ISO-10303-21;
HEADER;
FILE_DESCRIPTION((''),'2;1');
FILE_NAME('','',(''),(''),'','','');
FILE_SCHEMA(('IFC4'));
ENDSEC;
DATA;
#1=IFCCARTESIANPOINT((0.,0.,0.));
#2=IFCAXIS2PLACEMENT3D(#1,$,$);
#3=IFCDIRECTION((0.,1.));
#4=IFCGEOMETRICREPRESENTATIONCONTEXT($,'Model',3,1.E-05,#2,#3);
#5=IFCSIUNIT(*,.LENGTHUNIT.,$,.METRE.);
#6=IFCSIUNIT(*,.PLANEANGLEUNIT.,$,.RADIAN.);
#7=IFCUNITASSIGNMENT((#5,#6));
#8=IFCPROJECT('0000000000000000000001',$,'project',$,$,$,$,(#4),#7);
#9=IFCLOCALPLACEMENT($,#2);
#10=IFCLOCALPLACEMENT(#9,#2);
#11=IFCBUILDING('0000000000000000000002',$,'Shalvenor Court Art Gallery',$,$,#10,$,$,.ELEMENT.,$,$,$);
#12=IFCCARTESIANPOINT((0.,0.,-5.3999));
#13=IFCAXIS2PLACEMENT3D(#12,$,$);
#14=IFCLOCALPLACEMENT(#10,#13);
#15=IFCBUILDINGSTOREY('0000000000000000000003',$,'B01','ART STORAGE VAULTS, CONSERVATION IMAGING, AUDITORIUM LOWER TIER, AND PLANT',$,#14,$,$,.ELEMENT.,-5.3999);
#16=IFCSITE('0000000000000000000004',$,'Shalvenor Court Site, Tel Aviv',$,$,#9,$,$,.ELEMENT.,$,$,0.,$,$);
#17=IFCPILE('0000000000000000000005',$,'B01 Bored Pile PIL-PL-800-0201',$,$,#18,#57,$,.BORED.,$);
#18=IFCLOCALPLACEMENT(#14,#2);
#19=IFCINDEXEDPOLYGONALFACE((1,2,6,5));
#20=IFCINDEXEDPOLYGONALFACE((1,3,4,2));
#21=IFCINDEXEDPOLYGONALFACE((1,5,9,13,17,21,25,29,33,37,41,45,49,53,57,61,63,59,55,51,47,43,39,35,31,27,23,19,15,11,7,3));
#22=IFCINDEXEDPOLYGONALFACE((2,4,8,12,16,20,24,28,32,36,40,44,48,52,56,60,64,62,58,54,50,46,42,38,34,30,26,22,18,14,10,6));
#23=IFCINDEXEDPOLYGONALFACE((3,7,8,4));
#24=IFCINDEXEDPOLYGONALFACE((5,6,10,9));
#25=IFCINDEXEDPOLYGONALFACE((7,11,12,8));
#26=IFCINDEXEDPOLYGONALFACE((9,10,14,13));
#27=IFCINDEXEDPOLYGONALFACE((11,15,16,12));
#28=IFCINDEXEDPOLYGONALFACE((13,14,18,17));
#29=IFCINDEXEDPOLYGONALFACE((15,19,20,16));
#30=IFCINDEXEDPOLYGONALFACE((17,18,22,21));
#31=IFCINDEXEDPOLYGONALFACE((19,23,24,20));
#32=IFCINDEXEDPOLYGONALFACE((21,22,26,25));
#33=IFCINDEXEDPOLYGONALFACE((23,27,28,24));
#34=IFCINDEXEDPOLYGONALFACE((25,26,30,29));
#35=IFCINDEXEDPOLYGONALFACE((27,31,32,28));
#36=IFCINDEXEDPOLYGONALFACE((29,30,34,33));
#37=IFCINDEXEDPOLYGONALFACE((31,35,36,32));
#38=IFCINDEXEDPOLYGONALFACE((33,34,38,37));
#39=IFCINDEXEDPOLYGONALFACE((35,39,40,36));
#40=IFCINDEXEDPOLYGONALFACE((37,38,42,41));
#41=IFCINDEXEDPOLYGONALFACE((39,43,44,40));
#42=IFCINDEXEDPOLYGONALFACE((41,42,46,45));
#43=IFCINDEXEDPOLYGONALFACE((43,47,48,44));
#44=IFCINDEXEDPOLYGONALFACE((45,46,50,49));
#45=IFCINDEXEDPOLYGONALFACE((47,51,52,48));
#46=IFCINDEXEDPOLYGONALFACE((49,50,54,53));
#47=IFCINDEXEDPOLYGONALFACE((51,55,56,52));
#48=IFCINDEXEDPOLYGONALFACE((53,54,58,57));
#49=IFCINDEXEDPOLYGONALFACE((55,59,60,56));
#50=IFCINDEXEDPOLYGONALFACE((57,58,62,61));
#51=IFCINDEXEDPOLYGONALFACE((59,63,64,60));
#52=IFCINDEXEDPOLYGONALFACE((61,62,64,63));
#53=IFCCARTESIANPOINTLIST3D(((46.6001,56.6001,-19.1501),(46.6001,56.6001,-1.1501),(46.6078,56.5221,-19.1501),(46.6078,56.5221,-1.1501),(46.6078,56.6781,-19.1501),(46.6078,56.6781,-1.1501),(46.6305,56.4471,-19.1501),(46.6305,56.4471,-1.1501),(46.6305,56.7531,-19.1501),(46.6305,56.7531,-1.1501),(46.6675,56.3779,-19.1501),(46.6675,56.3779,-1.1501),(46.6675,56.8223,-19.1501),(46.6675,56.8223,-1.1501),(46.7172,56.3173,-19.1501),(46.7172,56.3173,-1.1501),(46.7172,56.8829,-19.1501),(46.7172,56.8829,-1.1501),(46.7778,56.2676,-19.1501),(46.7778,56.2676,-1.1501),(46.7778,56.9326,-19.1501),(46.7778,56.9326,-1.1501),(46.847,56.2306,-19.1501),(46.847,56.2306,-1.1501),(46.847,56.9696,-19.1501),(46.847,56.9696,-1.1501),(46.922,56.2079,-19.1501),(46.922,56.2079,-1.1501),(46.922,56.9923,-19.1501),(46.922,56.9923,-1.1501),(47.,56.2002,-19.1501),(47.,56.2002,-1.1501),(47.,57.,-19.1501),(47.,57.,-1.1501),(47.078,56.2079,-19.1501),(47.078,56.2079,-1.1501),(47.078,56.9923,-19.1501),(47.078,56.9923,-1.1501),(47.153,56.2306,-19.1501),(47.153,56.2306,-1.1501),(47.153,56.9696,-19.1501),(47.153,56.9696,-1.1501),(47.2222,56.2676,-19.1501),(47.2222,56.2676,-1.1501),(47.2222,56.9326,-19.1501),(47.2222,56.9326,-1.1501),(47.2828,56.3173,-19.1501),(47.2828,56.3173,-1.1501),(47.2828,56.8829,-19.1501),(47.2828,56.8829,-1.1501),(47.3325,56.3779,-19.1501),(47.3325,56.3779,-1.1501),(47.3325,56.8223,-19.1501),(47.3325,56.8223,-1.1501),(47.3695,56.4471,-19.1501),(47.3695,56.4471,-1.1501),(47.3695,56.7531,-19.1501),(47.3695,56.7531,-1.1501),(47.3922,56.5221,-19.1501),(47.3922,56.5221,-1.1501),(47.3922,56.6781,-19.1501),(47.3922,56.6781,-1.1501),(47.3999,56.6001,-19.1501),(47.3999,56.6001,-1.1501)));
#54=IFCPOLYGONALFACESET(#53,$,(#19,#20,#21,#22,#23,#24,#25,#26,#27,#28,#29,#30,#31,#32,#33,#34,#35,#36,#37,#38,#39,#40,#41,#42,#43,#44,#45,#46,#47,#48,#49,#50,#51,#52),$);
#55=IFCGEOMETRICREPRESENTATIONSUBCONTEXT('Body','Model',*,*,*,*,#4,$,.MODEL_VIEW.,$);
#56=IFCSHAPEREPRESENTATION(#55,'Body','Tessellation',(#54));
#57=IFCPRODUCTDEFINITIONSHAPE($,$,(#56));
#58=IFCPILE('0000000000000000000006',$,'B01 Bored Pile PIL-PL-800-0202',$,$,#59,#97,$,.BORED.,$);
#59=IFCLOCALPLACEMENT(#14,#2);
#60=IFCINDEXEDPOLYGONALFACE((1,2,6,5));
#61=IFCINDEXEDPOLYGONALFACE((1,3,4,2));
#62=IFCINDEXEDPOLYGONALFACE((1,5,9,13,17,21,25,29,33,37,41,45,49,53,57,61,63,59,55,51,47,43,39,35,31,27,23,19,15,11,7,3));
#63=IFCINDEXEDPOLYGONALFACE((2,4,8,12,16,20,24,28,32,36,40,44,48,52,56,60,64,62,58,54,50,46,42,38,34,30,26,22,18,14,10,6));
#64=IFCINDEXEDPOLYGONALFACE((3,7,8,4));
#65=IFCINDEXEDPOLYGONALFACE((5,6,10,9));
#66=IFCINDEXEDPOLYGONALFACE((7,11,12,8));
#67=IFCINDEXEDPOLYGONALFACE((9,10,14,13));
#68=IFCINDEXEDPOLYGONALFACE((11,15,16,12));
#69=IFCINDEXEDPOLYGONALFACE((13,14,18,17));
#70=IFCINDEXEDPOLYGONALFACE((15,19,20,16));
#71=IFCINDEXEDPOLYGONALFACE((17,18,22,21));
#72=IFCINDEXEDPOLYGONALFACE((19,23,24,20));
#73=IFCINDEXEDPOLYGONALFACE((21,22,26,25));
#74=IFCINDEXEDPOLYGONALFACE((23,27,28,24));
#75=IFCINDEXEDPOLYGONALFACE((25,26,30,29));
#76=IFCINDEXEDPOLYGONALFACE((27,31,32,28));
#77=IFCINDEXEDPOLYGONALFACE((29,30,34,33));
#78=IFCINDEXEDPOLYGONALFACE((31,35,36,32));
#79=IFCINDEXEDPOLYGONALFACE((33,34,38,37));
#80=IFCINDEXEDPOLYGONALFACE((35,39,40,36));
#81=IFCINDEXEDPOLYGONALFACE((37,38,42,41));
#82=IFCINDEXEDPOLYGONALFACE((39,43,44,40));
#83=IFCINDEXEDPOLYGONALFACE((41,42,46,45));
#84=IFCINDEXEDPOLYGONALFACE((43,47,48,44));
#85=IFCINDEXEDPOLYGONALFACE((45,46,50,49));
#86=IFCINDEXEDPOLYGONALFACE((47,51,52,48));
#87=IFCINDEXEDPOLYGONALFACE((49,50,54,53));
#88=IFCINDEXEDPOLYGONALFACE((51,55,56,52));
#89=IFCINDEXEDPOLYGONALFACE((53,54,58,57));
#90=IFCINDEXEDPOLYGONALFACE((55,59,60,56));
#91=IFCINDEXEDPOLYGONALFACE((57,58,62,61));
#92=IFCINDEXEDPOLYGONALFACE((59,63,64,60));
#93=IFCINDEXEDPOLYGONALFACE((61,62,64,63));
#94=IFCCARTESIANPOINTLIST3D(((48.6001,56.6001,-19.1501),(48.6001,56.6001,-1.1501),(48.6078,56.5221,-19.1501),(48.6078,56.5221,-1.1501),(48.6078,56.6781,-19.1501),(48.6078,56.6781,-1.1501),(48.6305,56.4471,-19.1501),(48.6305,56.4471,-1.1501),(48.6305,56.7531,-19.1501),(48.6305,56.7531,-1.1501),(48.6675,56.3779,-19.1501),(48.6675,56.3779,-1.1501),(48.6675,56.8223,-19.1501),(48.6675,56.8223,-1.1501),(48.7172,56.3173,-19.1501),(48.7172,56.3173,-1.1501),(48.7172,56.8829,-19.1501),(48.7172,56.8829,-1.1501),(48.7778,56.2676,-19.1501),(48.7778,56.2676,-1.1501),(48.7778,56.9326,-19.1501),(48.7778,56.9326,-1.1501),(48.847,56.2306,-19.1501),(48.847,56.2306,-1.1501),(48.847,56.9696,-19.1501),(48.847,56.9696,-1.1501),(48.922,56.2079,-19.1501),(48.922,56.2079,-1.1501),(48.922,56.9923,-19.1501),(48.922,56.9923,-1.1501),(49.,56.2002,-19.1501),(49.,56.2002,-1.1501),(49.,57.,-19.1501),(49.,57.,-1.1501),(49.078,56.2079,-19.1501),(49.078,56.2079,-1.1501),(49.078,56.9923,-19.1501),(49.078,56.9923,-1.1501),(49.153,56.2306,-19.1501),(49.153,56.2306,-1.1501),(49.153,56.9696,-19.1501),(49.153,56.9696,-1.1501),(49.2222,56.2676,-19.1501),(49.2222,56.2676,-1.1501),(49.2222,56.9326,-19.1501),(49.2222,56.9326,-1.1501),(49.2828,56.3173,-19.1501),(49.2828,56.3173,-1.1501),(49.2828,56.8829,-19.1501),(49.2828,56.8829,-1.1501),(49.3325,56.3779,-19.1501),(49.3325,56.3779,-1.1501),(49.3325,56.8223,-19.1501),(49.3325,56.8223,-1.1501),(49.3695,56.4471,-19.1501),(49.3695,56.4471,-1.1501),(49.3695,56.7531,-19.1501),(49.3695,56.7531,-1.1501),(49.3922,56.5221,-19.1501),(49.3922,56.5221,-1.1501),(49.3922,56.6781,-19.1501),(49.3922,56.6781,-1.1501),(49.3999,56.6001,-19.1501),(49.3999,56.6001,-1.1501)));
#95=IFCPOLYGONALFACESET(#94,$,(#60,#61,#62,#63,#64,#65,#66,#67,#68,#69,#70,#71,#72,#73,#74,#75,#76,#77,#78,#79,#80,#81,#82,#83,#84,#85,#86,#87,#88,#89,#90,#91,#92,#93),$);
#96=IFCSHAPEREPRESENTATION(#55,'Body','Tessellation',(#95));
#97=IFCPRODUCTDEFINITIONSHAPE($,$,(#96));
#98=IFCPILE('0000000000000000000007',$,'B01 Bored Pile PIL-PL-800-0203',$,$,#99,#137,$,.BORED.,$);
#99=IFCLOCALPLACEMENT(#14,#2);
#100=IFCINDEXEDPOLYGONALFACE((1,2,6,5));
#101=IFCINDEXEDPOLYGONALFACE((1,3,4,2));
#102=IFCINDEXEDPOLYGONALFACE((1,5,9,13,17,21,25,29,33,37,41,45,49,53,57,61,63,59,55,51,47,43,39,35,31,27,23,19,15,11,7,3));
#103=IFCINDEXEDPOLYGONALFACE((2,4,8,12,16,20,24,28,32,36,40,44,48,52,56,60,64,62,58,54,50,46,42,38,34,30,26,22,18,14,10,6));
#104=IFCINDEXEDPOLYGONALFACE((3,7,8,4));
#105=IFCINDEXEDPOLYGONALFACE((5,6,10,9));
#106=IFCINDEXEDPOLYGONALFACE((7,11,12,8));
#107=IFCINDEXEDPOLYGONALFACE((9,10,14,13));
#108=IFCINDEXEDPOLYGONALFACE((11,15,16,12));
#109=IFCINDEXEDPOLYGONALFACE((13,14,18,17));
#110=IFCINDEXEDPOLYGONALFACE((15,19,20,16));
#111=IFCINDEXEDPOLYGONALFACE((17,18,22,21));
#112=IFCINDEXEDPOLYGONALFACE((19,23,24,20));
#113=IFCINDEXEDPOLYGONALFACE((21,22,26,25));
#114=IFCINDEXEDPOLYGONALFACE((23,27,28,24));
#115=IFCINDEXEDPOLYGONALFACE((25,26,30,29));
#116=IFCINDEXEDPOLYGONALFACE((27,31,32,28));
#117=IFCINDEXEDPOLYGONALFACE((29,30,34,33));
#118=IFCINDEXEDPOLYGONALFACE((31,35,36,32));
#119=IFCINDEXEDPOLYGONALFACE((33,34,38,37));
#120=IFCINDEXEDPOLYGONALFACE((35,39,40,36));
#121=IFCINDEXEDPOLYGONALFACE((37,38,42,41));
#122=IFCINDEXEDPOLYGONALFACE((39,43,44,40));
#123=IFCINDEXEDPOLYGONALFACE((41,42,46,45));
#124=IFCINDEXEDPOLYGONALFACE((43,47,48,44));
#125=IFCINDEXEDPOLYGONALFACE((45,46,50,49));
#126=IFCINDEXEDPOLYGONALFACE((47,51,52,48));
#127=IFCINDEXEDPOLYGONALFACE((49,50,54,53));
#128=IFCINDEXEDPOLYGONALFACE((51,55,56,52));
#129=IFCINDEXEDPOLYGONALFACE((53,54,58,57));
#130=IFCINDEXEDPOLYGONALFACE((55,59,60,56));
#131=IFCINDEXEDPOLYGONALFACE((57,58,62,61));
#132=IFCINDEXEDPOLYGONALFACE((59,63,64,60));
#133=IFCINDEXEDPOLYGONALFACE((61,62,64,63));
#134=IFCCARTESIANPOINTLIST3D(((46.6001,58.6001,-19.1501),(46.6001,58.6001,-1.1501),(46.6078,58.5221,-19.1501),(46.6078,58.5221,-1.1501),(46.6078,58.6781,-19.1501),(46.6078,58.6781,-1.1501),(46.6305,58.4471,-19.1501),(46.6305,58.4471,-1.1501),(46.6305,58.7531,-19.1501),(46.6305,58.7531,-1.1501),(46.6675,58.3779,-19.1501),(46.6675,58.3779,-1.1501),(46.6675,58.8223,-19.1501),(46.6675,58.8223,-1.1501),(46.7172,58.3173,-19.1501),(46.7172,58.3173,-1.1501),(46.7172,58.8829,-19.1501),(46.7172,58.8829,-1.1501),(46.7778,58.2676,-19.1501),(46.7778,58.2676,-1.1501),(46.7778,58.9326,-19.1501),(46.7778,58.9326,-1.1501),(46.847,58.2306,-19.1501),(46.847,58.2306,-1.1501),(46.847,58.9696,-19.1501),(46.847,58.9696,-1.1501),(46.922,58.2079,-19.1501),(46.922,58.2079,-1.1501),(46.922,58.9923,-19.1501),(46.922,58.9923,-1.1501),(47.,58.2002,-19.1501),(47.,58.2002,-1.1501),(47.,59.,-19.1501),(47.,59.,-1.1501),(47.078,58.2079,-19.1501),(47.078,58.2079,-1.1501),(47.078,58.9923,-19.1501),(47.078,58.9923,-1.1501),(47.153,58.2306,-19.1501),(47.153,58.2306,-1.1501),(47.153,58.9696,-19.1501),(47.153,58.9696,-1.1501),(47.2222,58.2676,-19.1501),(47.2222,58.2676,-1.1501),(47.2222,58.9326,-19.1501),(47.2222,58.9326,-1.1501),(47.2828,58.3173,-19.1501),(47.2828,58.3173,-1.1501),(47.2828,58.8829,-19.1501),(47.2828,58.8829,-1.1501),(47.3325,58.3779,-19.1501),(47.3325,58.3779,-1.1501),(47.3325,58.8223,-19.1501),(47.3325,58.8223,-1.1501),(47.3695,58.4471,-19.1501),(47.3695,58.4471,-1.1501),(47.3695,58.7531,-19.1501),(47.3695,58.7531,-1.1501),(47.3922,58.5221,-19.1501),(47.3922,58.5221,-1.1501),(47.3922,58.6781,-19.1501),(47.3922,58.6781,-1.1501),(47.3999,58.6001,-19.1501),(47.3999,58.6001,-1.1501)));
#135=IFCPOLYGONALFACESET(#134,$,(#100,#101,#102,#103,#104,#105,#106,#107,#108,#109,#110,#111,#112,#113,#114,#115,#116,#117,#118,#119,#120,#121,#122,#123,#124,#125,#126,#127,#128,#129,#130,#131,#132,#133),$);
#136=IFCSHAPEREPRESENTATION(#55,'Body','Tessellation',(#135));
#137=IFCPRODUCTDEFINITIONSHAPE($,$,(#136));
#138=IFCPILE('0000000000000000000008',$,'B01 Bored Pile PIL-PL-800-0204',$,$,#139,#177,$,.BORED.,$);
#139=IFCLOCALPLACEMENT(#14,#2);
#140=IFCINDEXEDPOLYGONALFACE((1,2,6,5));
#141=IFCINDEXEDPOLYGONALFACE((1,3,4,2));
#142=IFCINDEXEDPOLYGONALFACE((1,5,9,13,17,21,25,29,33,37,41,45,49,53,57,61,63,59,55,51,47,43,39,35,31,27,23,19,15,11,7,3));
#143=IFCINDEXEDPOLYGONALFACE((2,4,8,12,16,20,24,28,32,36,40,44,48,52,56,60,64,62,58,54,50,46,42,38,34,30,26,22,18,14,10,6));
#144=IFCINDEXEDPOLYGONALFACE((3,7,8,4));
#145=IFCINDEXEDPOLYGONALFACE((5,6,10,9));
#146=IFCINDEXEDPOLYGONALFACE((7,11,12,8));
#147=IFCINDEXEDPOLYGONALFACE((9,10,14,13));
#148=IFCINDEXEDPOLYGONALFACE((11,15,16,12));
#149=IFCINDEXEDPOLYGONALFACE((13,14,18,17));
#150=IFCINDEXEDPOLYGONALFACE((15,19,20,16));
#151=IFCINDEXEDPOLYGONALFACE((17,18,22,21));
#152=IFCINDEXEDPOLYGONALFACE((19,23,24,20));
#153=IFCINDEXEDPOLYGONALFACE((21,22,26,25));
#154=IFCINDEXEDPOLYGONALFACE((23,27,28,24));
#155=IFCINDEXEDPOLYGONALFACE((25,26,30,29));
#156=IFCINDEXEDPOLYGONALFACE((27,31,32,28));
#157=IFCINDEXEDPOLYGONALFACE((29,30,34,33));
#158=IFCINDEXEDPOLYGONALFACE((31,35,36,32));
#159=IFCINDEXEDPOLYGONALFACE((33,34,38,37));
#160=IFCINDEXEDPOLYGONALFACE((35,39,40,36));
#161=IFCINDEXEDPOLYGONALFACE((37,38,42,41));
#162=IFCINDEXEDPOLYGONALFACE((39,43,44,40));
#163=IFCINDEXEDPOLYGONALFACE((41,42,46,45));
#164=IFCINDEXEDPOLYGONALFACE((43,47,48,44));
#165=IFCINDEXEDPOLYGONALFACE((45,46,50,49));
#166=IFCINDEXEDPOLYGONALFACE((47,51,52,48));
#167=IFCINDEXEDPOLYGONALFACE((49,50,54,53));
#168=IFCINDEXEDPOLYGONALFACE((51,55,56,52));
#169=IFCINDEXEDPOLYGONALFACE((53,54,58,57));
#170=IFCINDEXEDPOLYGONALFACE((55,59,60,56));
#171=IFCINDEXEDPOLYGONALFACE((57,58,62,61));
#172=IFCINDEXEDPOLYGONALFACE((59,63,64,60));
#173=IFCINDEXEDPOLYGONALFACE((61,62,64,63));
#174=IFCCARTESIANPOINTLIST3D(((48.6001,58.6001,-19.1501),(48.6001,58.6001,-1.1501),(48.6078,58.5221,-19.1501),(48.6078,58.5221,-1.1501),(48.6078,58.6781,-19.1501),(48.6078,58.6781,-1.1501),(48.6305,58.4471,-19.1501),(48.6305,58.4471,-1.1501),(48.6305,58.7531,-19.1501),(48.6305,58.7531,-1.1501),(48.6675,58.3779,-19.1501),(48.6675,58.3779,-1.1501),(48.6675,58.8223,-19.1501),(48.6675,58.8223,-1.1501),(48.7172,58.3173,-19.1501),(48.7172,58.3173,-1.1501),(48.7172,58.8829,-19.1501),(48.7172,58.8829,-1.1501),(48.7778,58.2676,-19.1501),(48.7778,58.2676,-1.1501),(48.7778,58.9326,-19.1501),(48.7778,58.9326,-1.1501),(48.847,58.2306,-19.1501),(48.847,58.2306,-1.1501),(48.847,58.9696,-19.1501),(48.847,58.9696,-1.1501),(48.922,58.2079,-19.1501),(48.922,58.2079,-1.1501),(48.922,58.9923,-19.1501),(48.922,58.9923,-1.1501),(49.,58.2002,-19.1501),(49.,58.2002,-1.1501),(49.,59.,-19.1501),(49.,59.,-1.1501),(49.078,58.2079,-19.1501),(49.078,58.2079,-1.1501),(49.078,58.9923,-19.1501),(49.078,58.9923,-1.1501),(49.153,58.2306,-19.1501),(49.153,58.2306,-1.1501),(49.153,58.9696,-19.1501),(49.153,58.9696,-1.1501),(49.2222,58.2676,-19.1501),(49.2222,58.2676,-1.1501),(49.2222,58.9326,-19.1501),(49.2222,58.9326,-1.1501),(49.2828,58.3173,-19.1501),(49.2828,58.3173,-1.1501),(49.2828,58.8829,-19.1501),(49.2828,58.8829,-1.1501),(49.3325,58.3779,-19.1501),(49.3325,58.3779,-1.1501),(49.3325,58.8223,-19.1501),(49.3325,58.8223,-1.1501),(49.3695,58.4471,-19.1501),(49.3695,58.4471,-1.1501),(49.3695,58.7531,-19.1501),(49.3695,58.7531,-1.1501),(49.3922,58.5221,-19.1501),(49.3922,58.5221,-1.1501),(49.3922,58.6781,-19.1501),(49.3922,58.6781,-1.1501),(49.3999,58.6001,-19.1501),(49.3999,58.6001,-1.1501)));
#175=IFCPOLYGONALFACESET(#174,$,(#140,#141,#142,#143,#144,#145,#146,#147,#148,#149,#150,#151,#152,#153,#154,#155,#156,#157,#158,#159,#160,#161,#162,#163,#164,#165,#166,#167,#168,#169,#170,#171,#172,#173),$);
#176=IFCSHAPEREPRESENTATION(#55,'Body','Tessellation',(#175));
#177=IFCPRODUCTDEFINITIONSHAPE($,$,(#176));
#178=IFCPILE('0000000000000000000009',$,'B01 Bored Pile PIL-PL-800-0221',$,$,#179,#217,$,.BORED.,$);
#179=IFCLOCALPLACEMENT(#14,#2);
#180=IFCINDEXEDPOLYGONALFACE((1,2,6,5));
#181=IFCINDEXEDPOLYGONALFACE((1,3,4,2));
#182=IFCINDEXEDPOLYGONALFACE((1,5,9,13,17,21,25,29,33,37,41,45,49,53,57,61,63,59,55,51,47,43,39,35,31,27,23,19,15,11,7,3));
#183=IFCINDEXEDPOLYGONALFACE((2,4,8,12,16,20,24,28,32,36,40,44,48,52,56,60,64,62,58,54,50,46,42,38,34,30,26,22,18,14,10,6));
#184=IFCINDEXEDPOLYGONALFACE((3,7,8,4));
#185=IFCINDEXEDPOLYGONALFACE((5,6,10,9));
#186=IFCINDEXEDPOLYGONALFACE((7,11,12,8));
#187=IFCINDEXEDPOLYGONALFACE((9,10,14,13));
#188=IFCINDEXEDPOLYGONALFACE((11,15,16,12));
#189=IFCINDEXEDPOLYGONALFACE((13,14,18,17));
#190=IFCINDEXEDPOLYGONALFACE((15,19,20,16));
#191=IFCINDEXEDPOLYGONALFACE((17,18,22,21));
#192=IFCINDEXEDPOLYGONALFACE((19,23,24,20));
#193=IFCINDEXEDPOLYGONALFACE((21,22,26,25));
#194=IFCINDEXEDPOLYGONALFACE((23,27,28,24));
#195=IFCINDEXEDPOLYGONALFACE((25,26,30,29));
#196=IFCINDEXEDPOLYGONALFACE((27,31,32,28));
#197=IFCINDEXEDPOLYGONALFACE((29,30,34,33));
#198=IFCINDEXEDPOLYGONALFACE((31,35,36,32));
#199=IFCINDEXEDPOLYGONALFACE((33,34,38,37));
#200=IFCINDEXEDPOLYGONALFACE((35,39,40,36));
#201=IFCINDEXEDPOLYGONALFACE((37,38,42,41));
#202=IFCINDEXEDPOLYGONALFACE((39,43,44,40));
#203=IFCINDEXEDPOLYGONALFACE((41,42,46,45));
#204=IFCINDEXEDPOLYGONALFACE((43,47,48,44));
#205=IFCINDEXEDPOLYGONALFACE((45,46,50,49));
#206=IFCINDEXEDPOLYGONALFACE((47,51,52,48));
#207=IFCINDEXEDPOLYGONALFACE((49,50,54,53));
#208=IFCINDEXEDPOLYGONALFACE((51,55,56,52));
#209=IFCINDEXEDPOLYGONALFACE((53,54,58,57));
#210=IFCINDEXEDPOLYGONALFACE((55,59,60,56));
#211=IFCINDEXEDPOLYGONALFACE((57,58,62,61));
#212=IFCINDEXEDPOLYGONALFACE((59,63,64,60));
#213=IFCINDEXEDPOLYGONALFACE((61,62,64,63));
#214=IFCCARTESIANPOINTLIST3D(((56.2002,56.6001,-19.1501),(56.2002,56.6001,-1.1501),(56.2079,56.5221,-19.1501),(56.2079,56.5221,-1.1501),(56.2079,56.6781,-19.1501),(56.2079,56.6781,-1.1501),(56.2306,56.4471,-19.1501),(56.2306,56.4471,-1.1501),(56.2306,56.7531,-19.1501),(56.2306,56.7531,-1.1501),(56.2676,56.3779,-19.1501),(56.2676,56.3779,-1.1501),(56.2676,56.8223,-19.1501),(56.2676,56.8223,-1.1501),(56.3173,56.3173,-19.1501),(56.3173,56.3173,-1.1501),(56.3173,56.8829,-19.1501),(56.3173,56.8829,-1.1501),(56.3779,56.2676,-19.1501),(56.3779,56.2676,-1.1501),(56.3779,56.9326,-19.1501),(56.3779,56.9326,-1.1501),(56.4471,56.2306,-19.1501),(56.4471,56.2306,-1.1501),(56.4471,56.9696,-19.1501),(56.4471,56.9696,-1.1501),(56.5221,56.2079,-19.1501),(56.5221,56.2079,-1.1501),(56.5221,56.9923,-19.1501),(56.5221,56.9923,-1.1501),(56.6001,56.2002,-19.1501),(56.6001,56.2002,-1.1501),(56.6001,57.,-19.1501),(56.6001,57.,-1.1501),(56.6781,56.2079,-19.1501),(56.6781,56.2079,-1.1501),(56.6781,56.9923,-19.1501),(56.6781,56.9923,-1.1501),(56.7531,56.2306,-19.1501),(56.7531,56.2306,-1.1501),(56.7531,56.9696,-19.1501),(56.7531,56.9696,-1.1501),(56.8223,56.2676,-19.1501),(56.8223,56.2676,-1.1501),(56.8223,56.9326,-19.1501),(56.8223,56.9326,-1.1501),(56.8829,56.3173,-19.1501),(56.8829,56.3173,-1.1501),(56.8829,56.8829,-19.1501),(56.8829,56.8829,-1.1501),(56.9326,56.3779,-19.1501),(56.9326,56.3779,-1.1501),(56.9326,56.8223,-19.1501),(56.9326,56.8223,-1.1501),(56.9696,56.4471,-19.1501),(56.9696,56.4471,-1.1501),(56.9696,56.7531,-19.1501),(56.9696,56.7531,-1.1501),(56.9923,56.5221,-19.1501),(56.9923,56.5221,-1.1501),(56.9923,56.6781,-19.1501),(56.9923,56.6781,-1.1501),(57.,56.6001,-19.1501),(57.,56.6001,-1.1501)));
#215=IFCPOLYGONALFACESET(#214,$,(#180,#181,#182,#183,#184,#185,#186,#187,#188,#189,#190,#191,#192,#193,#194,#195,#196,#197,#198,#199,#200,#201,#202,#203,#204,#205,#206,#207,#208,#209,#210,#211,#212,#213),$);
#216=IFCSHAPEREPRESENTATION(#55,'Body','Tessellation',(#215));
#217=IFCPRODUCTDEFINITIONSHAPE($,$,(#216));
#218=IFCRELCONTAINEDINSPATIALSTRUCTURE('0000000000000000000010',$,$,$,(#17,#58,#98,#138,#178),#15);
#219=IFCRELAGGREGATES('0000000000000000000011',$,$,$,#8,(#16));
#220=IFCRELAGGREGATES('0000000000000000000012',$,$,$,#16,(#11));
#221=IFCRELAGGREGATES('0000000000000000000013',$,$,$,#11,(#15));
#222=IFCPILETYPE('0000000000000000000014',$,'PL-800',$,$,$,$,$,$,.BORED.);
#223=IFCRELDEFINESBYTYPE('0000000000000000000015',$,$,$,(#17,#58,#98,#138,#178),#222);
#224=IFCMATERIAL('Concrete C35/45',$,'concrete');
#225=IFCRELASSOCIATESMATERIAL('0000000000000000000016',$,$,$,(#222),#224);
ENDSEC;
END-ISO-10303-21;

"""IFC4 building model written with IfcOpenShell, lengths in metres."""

from ifc_helpers import new_model, si_unit, direction, frame, origin, origin_2d, place, context, subcontext, project, spatial, circle, extrude, material, material_profile, profile_set, type_object, element, save


model = new_model("IFC4")

# Units and contexts
model_context = context("Model", 3, precision=1e-05, world=origin(), true_north=direction((0.0, 1.0)))
body_context = subcontext(model_context, "Body", "Model", "MODEL_VIEW")
ifc_project = project(units=[si_unit("LENGTHUNIT", "METRE"), si_unit("PLANEANGLEUNIT", "RADIAN")], contexts=[model_context])

# Site, building, storey
site_placement = place(None, origin())
site = spatial("IfcSite", under=ifc_project, at=site_placement, Name="Shalvenor Court Site, Tel Aviv", CompositionType="ELEMENT", RefElevation=0.0)
building_placement = place(site_placement, origin())
building = spatial("IfcBuilding", under=site, at=building_placement, Name="Shalvenor Court Art Gallery", CompositionType="ELEMENT")
storey_placement = place(building_placement, frame((0.0, 0.0, -5.3999)))
storey = spatial("IfcBuildingStorey", under=building, at=storey_placement, Name="B01", Description="ART STORAGE VAULTS, CONSERVATION IMAGING, AUDITORIUM LOWER TIER, AND PLANT", CompositionType="ELEMENT", Elevation=-5.3999)

# Piles
ifc_material_1 = material(Name="Concrete C35/45", Category="concrete")
ifc_material_profile_1 = material_profile(ifc_material_1, circle(Radius=0.3999, at=origin_2d()), Name="PILE 800")
ifc_profile_set_1 = profile_set([ifc_material_profile_1], Name="Concrete C35/45")
pile_type = type_object("IfcPileType", Name="PL-800", PredefinedType="BORED", material=ifc_profile_set_1)
for number, where, z_axis, x_axis, name in (
    (1, (47.0, 56.6001, -1.1501), (0.0, 0.0, -1.0), (1.0, 0.0, 0.0), "B01 Bored Pile PIL-PL-800-0201"),
    (2, (49.0, 56.6001, -1.1501), (0.0, 0.0, -1.0), (1.0, 0.0, 0.0), "B01 Bored Pile PIL-PL-800-0202"),
    (3, (47.0, 58.6001, -1.1501), (0.0, 0.0, -1.0), (1.0, 0.0, 0.0), "B01 Bored Pile PIL-PL-800-0203"),
    (4, (49.0, 58.6001, -1.1501), (0.0, 0.0, -1.0), (1.0, 0.0, 0.0), "B01 Bored Pile PIL-PL-800-0204"),
    (5, (56.6001, 56.6001, -1.1501), (0.0, 0.0, -1.0), (1.0, 0.0, 0.0), "B01 Bored Pile PIL-PL-800-0221"),
):
    element("IfcPile", number, at=place(storey_placement, frame(where, z_axis=z_axis, x_axis=x_axis)), inside=storey, type_object=pile_type, Name=name, PredefinedType="BORED", context=body_context, shape_type="SweptSolid", body=[
        extrude(circle(Radius=0.3999, at=origin_2d()), origin(), (0.0, 0.0, 1.0), 18.0),
    ])

save(model, "model.ifc")
